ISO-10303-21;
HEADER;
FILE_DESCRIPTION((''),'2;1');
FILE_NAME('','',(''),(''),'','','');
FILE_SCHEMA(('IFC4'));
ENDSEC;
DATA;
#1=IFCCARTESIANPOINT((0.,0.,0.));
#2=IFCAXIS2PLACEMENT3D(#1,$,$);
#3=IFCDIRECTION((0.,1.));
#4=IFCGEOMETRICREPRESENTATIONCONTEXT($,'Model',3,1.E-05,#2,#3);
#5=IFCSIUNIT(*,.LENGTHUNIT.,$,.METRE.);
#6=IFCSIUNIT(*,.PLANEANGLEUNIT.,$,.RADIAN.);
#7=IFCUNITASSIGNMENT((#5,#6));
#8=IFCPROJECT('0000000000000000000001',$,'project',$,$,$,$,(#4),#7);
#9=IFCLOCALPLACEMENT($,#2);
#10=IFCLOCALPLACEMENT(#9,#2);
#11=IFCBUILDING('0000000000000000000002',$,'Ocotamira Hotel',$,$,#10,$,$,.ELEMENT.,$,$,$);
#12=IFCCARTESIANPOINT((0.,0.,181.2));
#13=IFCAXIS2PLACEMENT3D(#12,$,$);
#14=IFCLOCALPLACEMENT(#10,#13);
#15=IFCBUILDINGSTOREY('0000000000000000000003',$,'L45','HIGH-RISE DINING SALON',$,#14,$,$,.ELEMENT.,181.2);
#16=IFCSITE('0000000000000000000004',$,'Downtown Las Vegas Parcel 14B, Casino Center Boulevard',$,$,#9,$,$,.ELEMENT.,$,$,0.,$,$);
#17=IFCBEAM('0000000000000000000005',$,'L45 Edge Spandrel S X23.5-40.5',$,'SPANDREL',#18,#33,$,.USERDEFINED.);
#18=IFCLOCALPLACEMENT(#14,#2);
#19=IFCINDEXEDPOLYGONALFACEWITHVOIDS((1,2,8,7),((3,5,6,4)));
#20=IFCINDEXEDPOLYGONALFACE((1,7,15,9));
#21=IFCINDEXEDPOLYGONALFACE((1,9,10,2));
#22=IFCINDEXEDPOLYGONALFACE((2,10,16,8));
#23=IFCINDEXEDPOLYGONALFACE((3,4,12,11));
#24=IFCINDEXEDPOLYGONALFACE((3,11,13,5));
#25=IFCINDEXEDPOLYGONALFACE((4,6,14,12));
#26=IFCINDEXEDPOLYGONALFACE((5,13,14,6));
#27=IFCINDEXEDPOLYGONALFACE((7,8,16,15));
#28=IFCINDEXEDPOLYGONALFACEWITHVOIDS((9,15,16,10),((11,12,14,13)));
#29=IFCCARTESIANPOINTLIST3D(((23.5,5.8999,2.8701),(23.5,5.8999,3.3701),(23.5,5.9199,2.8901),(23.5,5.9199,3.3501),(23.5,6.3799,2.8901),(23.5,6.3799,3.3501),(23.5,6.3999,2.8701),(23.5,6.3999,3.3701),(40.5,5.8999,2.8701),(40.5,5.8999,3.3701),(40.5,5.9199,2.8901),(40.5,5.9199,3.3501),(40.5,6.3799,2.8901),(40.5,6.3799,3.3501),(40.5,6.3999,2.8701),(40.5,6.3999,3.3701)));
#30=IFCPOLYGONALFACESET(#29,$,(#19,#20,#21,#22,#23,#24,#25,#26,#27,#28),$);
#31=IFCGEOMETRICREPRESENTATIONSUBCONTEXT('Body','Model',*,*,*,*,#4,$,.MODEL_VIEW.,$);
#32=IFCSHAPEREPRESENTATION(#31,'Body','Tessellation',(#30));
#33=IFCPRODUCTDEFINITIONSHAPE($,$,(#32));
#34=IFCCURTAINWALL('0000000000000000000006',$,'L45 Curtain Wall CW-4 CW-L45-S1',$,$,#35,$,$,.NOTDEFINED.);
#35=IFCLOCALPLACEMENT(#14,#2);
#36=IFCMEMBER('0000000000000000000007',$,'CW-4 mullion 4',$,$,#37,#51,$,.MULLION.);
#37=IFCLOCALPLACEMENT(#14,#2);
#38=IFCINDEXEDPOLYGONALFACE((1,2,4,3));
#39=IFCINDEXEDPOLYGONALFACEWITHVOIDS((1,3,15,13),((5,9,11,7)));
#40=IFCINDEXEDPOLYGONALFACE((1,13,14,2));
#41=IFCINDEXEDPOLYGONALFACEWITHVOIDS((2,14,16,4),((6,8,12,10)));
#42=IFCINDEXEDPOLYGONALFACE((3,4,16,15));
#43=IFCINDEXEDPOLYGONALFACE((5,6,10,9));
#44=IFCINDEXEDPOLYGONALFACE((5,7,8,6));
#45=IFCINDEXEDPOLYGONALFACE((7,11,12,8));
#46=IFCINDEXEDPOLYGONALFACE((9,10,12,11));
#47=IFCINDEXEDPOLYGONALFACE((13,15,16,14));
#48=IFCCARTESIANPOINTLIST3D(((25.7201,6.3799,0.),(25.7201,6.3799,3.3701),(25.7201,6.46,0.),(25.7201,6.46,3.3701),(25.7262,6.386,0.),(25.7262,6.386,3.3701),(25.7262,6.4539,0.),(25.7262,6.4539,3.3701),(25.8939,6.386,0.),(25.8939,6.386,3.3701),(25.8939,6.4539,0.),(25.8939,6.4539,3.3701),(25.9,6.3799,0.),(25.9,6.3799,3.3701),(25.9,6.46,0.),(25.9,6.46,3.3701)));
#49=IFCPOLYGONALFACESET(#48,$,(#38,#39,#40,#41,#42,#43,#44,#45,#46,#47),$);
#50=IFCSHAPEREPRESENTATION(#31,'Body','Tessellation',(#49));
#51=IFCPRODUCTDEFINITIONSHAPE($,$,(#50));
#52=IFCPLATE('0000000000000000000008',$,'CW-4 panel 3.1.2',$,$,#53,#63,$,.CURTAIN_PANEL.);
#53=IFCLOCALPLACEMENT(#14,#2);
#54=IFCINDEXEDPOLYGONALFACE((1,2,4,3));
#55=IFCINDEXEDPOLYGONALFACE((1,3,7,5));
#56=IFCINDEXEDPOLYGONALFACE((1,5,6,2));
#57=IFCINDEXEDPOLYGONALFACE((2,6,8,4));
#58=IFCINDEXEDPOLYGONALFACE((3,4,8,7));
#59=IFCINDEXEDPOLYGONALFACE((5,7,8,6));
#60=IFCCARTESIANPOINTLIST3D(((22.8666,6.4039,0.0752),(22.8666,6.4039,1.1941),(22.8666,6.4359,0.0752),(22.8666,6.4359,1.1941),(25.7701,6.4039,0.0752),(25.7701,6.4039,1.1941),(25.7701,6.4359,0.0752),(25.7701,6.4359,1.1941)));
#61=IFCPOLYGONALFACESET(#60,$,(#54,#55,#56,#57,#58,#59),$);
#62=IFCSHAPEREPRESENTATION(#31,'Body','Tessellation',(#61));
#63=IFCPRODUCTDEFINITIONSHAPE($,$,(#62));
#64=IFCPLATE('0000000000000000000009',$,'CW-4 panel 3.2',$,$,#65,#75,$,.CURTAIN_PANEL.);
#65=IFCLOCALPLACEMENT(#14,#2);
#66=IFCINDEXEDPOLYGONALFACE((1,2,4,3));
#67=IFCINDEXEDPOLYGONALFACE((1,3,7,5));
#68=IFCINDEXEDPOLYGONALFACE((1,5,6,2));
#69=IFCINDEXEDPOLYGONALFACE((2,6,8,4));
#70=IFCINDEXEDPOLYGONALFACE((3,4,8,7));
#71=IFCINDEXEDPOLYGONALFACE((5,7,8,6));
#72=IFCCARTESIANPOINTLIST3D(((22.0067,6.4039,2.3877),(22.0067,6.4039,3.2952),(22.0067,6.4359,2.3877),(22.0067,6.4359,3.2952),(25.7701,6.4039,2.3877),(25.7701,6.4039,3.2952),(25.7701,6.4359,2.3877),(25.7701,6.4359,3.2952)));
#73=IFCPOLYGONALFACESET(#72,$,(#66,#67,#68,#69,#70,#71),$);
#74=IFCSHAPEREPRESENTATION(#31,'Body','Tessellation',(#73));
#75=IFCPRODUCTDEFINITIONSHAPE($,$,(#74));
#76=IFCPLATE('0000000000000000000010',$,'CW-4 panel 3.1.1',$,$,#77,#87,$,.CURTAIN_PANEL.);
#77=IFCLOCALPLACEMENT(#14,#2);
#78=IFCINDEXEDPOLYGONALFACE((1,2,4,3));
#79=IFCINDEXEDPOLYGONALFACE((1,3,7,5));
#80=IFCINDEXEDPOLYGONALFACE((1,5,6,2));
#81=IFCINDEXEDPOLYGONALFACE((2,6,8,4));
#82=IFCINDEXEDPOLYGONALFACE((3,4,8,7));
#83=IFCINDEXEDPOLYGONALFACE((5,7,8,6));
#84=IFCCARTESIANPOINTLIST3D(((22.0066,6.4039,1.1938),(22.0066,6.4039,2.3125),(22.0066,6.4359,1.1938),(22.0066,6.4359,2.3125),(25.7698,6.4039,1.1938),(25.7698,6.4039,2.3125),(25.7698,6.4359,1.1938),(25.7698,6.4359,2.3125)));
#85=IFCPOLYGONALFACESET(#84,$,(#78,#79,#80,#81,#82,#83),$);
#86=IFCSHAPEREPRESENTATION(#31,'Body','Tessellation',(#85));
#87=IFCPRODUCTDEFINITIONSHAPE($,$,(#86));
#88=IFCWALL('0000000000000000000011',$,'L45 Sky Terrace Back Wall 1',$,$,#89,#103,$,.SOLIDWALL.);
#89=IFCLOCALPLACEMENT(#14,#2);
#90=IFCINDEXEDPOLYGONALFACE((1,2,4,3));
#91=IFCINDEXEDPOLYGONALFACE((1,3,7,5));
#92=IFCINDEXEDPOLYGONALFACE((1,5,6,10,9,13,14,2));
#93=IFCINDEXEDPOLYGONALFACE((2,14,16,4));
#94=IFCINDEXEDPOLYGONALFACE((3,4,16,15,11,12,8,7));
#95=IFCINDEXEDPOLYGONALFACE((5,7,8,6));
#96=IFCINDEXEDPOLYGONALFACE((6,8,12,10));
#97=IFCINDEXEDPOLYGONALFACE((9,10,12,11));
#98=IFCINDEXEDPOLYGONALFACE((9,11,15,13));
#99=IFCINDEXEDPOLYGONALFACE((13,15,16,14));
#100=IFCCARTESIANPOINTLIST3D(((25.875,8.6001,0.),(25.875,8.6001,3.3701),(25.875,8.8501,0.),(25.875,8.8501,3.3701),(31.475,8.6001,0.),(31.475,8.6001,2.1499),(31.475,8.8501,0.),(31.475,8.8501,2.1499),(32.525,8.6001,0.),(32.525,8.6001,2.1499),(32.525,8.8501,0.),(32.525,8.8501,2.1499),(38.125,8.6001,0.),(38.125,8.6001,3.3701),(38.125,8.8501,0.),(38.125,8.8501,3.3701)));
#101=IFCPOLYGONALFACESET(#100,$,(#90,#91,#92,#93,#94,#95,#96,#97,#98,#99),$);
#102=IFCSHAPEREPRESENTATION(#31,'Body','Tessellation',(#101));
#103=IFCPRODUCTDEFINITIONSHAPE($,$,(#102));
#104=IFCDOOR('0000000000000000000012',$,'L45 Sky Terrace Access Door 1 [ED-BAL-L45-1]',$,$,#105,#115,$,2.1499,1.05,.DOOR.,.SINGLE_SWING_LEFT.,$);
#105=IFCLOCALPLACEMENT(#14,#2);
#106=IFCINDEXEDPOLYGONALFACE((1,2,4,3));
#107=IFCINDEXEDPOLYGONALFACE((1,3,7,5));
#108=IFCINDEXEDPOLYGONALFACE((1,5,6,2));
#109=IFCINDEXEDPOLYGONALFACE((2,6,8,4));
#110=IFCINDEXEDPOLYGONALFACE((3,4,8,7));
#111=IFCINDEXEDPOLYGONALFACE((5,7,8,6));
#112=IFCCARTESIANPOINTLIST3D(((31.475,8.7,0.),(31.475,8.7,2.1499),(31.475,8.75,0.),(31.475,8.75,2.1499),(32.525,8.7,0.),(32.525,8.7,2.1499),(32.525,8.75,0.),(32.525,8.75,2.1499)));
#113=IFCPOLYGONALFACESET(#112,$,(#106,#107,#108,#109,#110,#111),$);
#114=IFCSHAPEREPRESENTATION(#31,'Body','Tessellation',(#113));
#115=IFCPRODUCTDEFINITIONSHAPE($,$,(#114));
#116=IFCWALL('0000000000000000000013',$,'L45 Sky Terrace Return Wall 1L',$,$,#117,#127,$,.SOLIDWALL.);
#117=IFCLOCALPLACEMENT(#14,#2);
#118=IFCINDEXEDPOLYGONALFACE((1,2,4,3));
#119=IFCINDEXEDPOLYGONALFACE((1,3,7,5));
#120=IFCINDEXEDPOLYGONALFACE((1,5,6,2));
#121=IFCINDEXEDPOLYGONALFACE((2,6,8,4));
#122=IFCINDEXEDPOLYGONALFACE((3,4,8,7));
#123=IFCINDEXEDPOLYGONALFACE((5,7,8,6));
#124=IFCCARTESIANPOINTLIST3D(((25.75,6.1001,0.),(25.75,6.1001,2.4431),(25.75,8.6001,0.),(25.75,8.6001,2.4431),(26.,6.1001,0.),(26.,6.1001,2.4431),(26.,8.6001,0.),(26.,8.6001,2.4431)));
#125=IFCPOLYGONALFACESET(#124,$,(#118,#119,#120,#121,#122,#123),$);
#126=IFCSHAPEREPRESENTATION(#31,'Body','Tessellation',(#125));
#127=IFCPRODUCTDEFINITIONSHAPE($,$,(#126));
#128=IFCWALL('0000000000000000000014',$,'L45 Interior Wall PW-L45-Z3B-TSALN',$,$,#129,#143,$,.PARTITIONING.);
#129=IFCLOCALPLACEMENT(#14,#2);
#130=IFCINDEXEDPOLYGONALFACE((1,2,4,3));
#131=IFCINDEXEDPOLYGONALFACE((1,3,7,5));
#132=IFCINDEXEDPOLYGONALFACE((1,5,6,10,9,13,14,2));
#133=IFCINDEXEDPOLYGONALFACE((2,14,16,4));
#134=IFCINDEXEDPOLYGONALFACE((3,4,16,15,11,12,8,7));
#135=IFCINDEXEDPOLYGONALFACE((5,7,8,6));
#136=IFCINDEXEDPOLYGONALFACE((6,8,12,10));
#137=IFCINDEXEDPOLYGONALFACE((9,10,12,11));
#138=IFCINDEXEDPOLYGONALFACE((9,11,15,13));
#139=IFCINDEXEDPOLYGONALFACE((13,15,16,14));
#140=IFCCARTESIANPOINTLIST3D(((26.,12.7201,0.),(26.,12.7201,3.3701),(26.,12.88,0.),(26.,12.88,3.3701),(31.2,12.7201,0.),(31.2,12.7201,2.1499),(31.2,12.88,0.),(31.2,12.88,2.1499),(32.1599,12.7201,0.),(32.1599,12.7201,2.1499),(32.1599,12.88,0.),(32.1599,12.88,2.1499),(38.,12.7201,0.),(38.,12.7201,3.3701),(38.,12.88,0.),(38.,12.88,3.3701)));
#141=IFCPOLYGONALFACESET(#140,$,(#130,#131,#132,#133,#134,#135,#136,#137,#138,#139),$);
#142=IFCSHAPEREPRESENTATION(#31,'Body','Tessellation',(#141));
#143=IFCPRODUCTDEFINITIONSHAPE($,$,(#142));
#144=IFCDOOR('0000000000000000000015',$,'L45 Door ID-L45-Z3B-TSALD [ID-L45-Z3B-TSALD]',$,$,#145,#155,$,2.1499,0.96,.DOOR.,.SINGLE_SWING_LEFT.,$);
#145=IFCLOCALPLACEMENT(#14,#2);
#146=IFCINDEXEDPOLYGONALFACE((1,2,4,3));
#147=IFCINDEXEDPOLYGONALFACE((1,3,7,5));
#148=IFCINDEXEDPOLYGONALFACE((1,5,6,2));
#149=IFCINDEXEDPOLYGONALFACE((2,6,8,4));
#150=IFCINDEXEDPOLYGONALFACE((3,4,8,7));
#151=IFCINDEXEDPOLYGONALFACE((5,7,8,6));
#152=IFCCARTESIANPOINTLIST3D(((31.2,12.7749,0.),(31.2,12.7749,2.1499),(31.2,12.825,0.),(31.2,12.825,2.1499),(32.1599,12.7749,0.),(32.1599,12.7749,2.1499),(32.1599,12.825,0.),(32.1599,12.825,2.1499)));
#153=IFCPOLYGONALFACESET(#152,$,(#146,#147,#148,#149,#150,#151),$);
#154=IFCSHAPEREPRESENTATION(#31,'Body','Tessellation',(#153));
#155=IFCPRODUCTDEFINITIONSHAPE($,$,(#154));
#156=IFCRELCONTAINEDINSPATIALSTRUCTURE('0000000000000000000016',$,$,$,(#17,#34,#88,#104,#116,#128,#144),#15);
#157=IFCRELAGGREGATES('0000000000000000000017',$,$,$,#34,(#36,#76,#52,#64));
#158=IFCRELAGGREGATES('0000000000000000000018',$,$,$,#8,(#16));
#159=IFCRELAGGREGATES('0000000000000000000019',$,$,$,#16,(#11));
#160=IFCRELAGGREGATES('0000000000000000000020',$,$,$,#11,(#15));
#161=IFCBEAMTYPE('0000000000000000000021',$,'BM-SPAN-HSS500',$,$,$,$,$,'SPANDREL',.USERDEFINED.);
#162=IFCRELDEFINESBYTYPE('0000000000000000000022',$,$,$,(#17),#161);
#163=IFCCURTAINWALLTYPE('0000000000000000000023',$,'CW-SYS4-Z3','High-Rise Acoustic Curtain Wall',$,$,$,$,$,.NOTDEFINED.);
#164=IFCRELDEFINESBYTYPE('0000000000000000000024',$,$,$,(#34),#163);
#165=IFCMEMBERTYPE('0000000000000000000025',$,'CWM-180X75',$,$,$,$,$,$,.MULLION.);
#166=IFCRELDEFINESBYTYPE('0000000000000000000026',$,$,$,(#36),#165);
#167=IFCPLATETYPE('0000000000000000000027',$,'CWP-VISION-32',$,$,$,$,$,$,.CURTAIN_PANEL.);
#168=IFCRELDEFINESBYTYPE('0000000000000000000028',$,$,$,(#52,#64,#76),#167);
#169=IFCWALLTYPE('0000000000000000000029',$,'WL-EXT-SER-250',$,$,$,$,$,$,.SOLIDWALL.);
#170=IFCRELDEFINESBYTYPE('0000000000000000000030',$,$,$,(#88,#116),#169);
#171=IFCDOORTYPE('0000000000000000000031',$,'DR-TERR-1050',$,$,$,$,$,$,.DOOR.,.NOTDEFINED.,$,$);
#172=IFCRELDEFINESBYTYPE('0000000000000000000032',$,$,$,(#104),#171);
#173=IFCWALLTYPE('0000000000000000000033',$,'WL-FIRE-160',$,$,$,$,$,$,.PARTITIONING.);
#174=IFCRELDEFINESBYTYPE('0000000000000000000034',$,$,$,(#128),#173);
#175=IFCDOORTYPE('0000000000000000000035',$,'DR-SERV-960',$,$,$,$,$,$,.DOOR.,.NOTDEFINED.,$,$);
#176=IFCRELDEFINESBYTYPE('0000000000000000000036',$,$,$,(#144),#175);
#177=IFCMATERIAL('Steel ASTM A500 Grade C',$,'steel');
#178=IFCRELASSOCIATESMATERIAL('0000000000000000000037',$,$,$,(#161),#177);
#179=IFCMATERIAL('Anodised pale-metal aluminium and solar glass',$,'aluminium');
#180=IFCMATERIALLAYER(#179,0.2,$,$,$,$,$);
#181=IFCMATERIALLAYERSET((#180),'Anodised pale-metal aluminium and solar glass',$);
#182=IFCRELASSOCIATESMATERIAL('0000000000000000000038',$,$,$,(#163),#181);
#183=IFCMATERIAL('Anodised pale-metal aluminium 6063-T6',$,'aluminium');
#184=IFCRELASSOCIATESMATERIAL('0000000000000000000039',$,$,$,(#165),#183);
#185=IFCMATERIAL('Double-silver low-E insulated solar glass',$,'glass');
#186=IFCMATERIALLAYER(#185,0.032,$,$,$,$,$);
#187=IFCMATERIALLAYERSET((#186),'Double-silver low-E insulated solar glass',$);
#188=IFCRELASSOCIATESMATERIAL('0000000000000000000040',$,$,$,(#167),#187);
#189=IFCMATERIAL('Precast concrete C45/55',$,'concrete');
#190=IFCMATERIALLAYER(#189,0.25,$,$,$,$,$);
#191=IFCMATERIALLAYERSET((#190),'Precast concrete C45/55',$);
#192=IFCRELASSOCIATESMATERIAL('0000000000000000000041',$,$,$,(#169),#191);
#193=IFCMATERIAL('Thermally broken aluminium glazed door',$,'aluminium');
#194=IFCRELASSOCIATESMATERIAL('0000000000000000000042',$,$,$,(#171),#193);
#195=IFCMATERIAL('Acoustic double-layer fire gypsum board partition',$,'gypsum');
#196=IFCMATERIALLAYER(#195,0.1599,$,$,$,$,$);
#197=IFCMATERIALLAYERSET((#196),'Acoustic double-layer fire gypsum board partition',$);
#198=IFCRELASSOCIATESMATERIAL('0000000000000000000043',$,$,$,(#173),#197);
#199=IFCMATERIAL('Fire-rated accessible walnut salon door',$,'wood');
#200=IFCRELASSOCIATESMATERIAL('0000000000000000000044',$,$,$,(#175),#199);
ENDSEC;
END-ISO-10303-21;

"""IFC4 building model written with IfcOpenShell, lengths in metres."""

from ifc_helpers import new_model, si_unit, direction, frame, frame_2d, origin, origin_2d, place, context, subcontext, project, spatial, rectangle, hollow_rectangle, extrude, source, transform, mapped, material, layer, layer_set, material_profile, profile_set, type_object, element, fill, aggregate, save


model = new_model("IFC4")

# Units and contexts
model_context = context("Model", 3, precision=1e-05, world=origin(), true_north=direction((0.0, 1.0)))
body_context = subcontext(model_context, "Body", "Model", "MODEL_VIEW")
ifc_project = project(units=[si_unit("LENGTHUNIT", "METRE"), si_unit("PLANEANGLEUNIT", "RADIAN")], contexts=[model_context])

# Site, building, storey
site_placement = place(None, origin())
site = spatial("IfcSite", under=ifc_project, at=site_placement, Name="Downtown Las Vegas Parcel 14B, Casino Center Boulevard", CompositionType="ELEMENT", RefElevation=0.0)
building_placement = place(site_placement, origin())
building = spatial("IfcBuilding", under=site, at=building_placement, Name="Ocotamira Hotel", CompositionType="ELEMENT")
storey_placement = place(building_placement, frame((0.0, 0.0, 181.2)))
storey = spatial("IfcBuildingStorey", under=building, at=storey_placement, Name="L45", Description="HIGH-RISE DINING SALON", CompositionType="ELEMENT", Elevation=181.2)

# Beam
ifc_material_1 = material(Name="Steel ASTM A500 Grade C", Category="steel")
ifc_material_profile_1 = material_profile(ifc_material_1, hollow_rectangle(XDim=0.5, YDim=0.5, WallThickness=0.02, at=origin_2d()), Name="HSS500X500X20")
ifc_profile_set_1 = profile_set([ifc_material_profile_1], Name="Steel ASTM A500 Grade C")
beam_type = type_object("IfcBeamType", Name="BM-SPAN-HSS500", ElementType="SPANDREL", PredefinedType="USERDEFINED", material=ifc_profile_set_1)
shared_shape_1 = source(origin(), body_context, "Body", "SweptSolid", [
    extrude(hollow_rectangle(XDim=0.5, YDim=0.5, WallThickness=0.02, at=origin_2d()), origin(), (0.0, 0.0, 1.0), 17.0),
])
beam_placement = place(storey_placement, frame((23.5, 6.1499, 3.1201), z_axis=(1.0, 0.0, 0.0), x_axis=(0.0, 1.0, 0.0)))
element("IfcBeam", 1, at=beam_placement, inside=storey, type_object=beam_type, Name="L45 Edge Spandrel S X23.5-40.5", ObjectType="SPANDREL", PredefinedType="USERDEFINED", context=body_context, shape_type="MappedRepresentation", body=[
    mapped(shared_shape_1, transform((0.0, 0.0, 0.0), scale=1.0)),
])

# Curtain wall, member, plates
ifc_material_2 = material(Name="Anodised pale-metal aluminium and solar glass", Category="aluminium")
ifc_layer_1 = layer(ifc_material_2, 0.2)
ifc_layer_set_1 = layer_set([ifc_layer_1], Name="Anodised pale-metal aluminium and solar glass")
curtain_wall_type = type_object("IfcCurtainWallType", Name="CW-SYS4-Z3", Description="High-Rise Acoustic Curtain Wall", PredefinedType="NOTDEFINED", material=ifc_layer_set_1)
curtain_wall_placement = place(storey_placement, origin())
curtain_wall = element("IfcCurtainWall", 2, at=curtain_wall_placement, inside=storey, type_object=curtain_wall_type, Name="L45 Curtain Wall CW-4 CW-L45-S1", PredefinedType="NOTDEFINED")
ifc_material_3 = material(Name="Anodised pale-metal aluminium 6063-T6", Category="aluminium")
ifc_material_profile_2 = material_profile(ifc_material_3, hollow_rectangle(XDim=0.0801, YDim=0.1799, WallThickness=0.0061, at=origin_2d()), Name="HSS180X80X6")
ifc_profile_set_2 = profile_set([ifc_material_profile_2], Name="Anodised pale-metal aluminium 6063-T6")
member_type = type_object("IfcMemberType", Name="CWM-180X75", PredefinedType="MULLION", material=ifc_profile_set_2)
shared_shape_2 = source(origin(), body_context, "Body", "SweptSolid", [
    extrude(hollow_rectangle(XDim=0.0801, YDim=0.1799, WallThickness=0.0061, at=origin_2d()), origin(), (0.0, 0.0, 1.0), 3.3701),
])
member_placement = place(storey_placement, frame((25.8101, 6.4199, 0.0), z_axis=(0.0, 0.0, 1.0), x_axis=(0.0, 1.0, 0.0)))
member = element("IfcMember", 3, at=member_placement, type_object=member_type, Name="CW-4 mullion 4", PredefinedType="MULLION", context=body_context, shape_type="MappedRepresentation", body=[
    mapped(shared_shape_2, transform((0.0, 0.0, 0.0), scale=1.0)),
])
ifc_material_4 = material(Name="Double-silver low-E insulated solar glass", Category="glass")
ifc_layer_2 = layer(ifc_material_4, 0.032)
ifc_layer_set_2 = layer_set([ifc_layer_2], Name="Double-silver low-E insulated solar glass")
plate_type = type_object("IfcPlateType", Name="CWP-VISION-32", PredefinedType="CURTAIN_PANEL", material=ifc_layer_set_2)
shared_shape_3 = source(origin(), body_context, "Body", "SweptSolid", [
    extrude(rectangle(XDim=2.9036, YDim=0.032, at=origin_2d()), origin(), (0.0, 0.0, 1.0), 1.1189),
])
plate_1_placement = place(storey_placement, frame((24.3184, 6.4199, 0.0752), z_axis=(0.0, 0.0, 1.0), x_axis=(1.0, 0.0, 0.0)))
plate_1 = element("IfcPlate", 4, at=plate_1_placement, type_object=plate_type, Name="CW-4 panel 3.1.2", PredefinedType="CURTAIN_PANEL", context=body_context, shape_type="MappedRepresentation", body=[
    mapped(shared_shape_3, transform((0.0, 0.0, 0.0), scale=1.0)),
])
shared_shape_4 = source(origin(), body_context, "Body", "SweptSolid", [
    extrude(rectangle(XDim=3.7634, YDim=0.032, at=origin_2d()), origin(), (0.0, 0.0, 1.0), 0.9075),
])
plate_2_placement = place(storey_placement, frame((23.8884, 6.4199, 2.3877), z_axis=(0.0, 0.0, 1.0), x_axis=(1.0, 0.0, 0.0)))
plate_2 = element("IfcPlate", 5, at=plate_2_placement, type_object=plate_type, Name="CW-4 panel 3.2", PredefinedType="CURTAIN_PANEL", context=body_context, shape_type="MappedRepresentation", body=[
    mapped(shared_shape_4, transform((0.0, 0.0, 0.0), scale=1.0)),
])
shared_shape_5 = source(origin(), body_context, "Body", "SweptSolid", [
    extrude(rectangle(XDim=3.7632, YDim=0.032, at=origin_2d()), origin(), (0.0, 0.0, 1.0), 1.1187),
])
plate_3_placement = place(storey_placement, frame((23.8882, 6.4199, 1.1938), z_axis=(0.0, 0.0, 1.0), x_axis=(1.0, 0.0, 0.0)))
plate_3 = element("IfcPlate", 6, at=plate_3_placement, type_object=plate_type, Name="CW-4 panel 3.1.1", PredefinedType="CURTAIN_PANEL", context=body_context, shape_type="MappedRepresentation", body=[
    mapped(shared_shape_5, transform((0.0, 0.0, 0.0), scale=1.0)),
])
aggregate(curtain_wall, [member, plate_3, plate_1, plate_2])

# Wall, opening, door
ifc_material_5 = material(Name="Precast concrete C45/55", Category="concrete")
ifc_layer_3 = layer(ifc_material_5, 0.25)
ifc_layer_set_3 = layer_set([ifc_layer_3], Name="Precast concrete C45/55")
wall_type_1 = type_object("IfcWallType", Name="WL-EXT-SER-250", PredefinedType="SOLIDWALL", material=ifc_layer_set_3)
wall_1_placement = place(storey_placement, frame((25.875, 8.7251, 0.0), z_axis=(0.0, 0.0, 1.0), x_axis=(1.0, 0.0, 0.0)))
wall_1 = element("IfcWall", 7, at=wall_1_placement, inside=storey, type_object=wall_type_1, Name="L45 Sky Terrace Back Wall 1", PredefinedType="SOLIDWALL", context=body_context, shape_type="SweptSolid", body=[
    extrude(rectangle(XDim=12.25, YDim=0.25, at=frame_2d((6.125, 0.0))), origin(), (0.0, 0.0, 1.0), 3.3701),
])
opening_1_placement = place(wall_1_placement, frame((5.6001, 0.0, 0.0)))
opening_1 = element("IfcOpeningElement", 8, at=opening_1_placement, cuts=wall_1, PredefinedType="OPENING", context=body_context, shape_type="SweptSolid", body=[
    extrude(rectangle(XDim=1.05, YDim=2.1499, at=frame_2d((0.5249, 1.075))), frame((0.0, 0.135, 0.0), z_axis=(0.0, -1.0, 0.0), x_axis=(1.0, 0.0, 0.0)), (0.0, 0.0, 1.0), 0.27),
])
ifc_material_6 = material(Name="Thermally broken aluminium glazed door", Category="aluminium")
door_type_1 = type_object("IfcDoorType", Name="DR-TERR-1050", OperationType="NOTDEFINED", PredefinedType="DOOR", material=ifc_material_6)
shared_shape_6 = source(origin(), body_context, "Body", "SweptSolid", [
    extrude(rectangle(XDim=1.05, YDim=2.1499, at=frame_2d((0.5249, 1.075))), frame((0.0, 0.0249, 0.0), z_axis=(0.0, -1.0, 0.0), x_axis=(1.0, 0.0, 0.0)), (0.0, 0.0, 1.0), 0.05),
])
door_1_placement = place(opening_1_placement, origin())
door_1 = element("IfcDoor", 9, at=door_1_placement, inside=storey, type_object=door_type_1, Name="L45 Sky Terrace Access Door 1 [ED-BAL-L45-1]", OperationType="SINGLE_SWING_LEFT", OverallHeight=2.1499, OverallWidth=1.05, PredefinedType="DOOR", context=body_context, shape_type="MappedRepresentation", body=[
    mapped(shared_shape_6, transform((0.0, 0.0, 0.0), scale=1.0)),
])
fill(opening_1, door_1)

# Wall
wall_2_placement = place(storey_placement, frame((25.875, 6.1001, 0.0), z_axis=(0.0, 0.0, 1.0), x_axis=(0.0, 1.0, 0.0)))
element("IfcWall", 10, at=wall_2_placement, inside=storey, type_object=wall_type_1, Name="L45 Sky Terrace Return Wall 1L", PredefinedType="SOLIDWALL", context=body_context, shape_type="SweptSolid", body=[
    extrude(rectangle(XDim=2.5, YDim=0.25, at=frame_2d((1.25, 0.0))), origin(), (0.0, 0.0, 1.0), 2.4431),
])

# Wall, opening, door
ifc_material_7 = material(Name="Acoustic double-layer fire gypsum board partition", Category="gypsum")
ifc_layer_4 = layer(ifc_material_7, 0.1599)
ifc_layer_set_4 = layer_set([ifc_layer_4], Name="Acoustic double-layer fire gypsum board partition")
wall_type_2 = type_object("IfcWallType", Name="WL-FIRE-160", PredefinedType="PARTITIONING", material=ifc_layer_set_4)
wall_3_placement = place(storey_placement, frame((26.0, 12.8, 0.0), z_axis=(0.0, 0.0, 1.0), x_axis=(1.0, 0.0, 0.0)))
wall_3 = element("IfcWall", 11, at=wall_3_placement, inside=storey, type_object=wall_type_2, Name="L45 Interior Wall PW-L45-Z3B-TSALN", PredefinedType="PARTITIONING", context=body_context, shape_type="SweptSolid", body=[
    extrude(rectangle(XDim=12.0, YDim=0.1599, at=frame_2d((6.0, 0.0))), origin(), (0.0, 0.0, 1.0), 3.3701),
])
opening_2_placement = place(wall_3_placement, frame((5.2, 0.0, 0.0)))
opening_2 = element("IfcOpeningElement", 12, at=opening_2_placement, cuts=wall_3, PredefinedType="OPENING", context=body_context, shape_type="SweptSolid", body=[
    extrude(rectangle(XDim=0.96, YDim=2.1499, at=frame_2d((0.48, 1.075))), frame((0.0, 0.0898, 0.0), z_axis=(0.0, -1.0, 0.0), x_axis=(1.0, 0.0, 0.0)), (0.0, 0.0, 1.0), 0.1799),
])
ifc_material_8 = material(Name="Fire-rated accessible walnut salon door", Category="wood")
door_type_2 = type_object("IfcDoorType", Name="DR-SERV-960", OperationType="NOTDEFINED", PredefinedType="DOOR", material=ifc_material_8)
shared_shape_7 = source(origin(), body_context, "Body", "SweptSolid", [
    extrude(rectangle(XDim=0.96, YDim=2.1499, at=frame_2d((0.48, 1.075))), frame((0.0, 0.0249, 0.0), z_axis=(0.0, -1.0, 0.0), x_axis=(1.0, 0.0, 0.0)), (0.0, 0.0, 1.0), 0.05),
])
door_2_placement = place(opening_2_placement, origin())
door_2 = element("IfcDoor", 13, at=door_2_placement, inside=storey, type_object=door_type_2, Name="L45 Door ID-L45-Z3B-TSALD [ID-L45-Z3B-TSALD]", OperationType="SINGLE_SWING_LEFT", OverallHeight=2.1499, OverallWidth=0.96, PredefinedType="DOOR", context=body_context, shape_type="MappedRepresentation", body=[
    mapped(shared_shape_7, transform((0.0, 0.0, 0.0), scale=1.0)),
])
fill(opening_2, door_2)

save(model, "model.ifc")
